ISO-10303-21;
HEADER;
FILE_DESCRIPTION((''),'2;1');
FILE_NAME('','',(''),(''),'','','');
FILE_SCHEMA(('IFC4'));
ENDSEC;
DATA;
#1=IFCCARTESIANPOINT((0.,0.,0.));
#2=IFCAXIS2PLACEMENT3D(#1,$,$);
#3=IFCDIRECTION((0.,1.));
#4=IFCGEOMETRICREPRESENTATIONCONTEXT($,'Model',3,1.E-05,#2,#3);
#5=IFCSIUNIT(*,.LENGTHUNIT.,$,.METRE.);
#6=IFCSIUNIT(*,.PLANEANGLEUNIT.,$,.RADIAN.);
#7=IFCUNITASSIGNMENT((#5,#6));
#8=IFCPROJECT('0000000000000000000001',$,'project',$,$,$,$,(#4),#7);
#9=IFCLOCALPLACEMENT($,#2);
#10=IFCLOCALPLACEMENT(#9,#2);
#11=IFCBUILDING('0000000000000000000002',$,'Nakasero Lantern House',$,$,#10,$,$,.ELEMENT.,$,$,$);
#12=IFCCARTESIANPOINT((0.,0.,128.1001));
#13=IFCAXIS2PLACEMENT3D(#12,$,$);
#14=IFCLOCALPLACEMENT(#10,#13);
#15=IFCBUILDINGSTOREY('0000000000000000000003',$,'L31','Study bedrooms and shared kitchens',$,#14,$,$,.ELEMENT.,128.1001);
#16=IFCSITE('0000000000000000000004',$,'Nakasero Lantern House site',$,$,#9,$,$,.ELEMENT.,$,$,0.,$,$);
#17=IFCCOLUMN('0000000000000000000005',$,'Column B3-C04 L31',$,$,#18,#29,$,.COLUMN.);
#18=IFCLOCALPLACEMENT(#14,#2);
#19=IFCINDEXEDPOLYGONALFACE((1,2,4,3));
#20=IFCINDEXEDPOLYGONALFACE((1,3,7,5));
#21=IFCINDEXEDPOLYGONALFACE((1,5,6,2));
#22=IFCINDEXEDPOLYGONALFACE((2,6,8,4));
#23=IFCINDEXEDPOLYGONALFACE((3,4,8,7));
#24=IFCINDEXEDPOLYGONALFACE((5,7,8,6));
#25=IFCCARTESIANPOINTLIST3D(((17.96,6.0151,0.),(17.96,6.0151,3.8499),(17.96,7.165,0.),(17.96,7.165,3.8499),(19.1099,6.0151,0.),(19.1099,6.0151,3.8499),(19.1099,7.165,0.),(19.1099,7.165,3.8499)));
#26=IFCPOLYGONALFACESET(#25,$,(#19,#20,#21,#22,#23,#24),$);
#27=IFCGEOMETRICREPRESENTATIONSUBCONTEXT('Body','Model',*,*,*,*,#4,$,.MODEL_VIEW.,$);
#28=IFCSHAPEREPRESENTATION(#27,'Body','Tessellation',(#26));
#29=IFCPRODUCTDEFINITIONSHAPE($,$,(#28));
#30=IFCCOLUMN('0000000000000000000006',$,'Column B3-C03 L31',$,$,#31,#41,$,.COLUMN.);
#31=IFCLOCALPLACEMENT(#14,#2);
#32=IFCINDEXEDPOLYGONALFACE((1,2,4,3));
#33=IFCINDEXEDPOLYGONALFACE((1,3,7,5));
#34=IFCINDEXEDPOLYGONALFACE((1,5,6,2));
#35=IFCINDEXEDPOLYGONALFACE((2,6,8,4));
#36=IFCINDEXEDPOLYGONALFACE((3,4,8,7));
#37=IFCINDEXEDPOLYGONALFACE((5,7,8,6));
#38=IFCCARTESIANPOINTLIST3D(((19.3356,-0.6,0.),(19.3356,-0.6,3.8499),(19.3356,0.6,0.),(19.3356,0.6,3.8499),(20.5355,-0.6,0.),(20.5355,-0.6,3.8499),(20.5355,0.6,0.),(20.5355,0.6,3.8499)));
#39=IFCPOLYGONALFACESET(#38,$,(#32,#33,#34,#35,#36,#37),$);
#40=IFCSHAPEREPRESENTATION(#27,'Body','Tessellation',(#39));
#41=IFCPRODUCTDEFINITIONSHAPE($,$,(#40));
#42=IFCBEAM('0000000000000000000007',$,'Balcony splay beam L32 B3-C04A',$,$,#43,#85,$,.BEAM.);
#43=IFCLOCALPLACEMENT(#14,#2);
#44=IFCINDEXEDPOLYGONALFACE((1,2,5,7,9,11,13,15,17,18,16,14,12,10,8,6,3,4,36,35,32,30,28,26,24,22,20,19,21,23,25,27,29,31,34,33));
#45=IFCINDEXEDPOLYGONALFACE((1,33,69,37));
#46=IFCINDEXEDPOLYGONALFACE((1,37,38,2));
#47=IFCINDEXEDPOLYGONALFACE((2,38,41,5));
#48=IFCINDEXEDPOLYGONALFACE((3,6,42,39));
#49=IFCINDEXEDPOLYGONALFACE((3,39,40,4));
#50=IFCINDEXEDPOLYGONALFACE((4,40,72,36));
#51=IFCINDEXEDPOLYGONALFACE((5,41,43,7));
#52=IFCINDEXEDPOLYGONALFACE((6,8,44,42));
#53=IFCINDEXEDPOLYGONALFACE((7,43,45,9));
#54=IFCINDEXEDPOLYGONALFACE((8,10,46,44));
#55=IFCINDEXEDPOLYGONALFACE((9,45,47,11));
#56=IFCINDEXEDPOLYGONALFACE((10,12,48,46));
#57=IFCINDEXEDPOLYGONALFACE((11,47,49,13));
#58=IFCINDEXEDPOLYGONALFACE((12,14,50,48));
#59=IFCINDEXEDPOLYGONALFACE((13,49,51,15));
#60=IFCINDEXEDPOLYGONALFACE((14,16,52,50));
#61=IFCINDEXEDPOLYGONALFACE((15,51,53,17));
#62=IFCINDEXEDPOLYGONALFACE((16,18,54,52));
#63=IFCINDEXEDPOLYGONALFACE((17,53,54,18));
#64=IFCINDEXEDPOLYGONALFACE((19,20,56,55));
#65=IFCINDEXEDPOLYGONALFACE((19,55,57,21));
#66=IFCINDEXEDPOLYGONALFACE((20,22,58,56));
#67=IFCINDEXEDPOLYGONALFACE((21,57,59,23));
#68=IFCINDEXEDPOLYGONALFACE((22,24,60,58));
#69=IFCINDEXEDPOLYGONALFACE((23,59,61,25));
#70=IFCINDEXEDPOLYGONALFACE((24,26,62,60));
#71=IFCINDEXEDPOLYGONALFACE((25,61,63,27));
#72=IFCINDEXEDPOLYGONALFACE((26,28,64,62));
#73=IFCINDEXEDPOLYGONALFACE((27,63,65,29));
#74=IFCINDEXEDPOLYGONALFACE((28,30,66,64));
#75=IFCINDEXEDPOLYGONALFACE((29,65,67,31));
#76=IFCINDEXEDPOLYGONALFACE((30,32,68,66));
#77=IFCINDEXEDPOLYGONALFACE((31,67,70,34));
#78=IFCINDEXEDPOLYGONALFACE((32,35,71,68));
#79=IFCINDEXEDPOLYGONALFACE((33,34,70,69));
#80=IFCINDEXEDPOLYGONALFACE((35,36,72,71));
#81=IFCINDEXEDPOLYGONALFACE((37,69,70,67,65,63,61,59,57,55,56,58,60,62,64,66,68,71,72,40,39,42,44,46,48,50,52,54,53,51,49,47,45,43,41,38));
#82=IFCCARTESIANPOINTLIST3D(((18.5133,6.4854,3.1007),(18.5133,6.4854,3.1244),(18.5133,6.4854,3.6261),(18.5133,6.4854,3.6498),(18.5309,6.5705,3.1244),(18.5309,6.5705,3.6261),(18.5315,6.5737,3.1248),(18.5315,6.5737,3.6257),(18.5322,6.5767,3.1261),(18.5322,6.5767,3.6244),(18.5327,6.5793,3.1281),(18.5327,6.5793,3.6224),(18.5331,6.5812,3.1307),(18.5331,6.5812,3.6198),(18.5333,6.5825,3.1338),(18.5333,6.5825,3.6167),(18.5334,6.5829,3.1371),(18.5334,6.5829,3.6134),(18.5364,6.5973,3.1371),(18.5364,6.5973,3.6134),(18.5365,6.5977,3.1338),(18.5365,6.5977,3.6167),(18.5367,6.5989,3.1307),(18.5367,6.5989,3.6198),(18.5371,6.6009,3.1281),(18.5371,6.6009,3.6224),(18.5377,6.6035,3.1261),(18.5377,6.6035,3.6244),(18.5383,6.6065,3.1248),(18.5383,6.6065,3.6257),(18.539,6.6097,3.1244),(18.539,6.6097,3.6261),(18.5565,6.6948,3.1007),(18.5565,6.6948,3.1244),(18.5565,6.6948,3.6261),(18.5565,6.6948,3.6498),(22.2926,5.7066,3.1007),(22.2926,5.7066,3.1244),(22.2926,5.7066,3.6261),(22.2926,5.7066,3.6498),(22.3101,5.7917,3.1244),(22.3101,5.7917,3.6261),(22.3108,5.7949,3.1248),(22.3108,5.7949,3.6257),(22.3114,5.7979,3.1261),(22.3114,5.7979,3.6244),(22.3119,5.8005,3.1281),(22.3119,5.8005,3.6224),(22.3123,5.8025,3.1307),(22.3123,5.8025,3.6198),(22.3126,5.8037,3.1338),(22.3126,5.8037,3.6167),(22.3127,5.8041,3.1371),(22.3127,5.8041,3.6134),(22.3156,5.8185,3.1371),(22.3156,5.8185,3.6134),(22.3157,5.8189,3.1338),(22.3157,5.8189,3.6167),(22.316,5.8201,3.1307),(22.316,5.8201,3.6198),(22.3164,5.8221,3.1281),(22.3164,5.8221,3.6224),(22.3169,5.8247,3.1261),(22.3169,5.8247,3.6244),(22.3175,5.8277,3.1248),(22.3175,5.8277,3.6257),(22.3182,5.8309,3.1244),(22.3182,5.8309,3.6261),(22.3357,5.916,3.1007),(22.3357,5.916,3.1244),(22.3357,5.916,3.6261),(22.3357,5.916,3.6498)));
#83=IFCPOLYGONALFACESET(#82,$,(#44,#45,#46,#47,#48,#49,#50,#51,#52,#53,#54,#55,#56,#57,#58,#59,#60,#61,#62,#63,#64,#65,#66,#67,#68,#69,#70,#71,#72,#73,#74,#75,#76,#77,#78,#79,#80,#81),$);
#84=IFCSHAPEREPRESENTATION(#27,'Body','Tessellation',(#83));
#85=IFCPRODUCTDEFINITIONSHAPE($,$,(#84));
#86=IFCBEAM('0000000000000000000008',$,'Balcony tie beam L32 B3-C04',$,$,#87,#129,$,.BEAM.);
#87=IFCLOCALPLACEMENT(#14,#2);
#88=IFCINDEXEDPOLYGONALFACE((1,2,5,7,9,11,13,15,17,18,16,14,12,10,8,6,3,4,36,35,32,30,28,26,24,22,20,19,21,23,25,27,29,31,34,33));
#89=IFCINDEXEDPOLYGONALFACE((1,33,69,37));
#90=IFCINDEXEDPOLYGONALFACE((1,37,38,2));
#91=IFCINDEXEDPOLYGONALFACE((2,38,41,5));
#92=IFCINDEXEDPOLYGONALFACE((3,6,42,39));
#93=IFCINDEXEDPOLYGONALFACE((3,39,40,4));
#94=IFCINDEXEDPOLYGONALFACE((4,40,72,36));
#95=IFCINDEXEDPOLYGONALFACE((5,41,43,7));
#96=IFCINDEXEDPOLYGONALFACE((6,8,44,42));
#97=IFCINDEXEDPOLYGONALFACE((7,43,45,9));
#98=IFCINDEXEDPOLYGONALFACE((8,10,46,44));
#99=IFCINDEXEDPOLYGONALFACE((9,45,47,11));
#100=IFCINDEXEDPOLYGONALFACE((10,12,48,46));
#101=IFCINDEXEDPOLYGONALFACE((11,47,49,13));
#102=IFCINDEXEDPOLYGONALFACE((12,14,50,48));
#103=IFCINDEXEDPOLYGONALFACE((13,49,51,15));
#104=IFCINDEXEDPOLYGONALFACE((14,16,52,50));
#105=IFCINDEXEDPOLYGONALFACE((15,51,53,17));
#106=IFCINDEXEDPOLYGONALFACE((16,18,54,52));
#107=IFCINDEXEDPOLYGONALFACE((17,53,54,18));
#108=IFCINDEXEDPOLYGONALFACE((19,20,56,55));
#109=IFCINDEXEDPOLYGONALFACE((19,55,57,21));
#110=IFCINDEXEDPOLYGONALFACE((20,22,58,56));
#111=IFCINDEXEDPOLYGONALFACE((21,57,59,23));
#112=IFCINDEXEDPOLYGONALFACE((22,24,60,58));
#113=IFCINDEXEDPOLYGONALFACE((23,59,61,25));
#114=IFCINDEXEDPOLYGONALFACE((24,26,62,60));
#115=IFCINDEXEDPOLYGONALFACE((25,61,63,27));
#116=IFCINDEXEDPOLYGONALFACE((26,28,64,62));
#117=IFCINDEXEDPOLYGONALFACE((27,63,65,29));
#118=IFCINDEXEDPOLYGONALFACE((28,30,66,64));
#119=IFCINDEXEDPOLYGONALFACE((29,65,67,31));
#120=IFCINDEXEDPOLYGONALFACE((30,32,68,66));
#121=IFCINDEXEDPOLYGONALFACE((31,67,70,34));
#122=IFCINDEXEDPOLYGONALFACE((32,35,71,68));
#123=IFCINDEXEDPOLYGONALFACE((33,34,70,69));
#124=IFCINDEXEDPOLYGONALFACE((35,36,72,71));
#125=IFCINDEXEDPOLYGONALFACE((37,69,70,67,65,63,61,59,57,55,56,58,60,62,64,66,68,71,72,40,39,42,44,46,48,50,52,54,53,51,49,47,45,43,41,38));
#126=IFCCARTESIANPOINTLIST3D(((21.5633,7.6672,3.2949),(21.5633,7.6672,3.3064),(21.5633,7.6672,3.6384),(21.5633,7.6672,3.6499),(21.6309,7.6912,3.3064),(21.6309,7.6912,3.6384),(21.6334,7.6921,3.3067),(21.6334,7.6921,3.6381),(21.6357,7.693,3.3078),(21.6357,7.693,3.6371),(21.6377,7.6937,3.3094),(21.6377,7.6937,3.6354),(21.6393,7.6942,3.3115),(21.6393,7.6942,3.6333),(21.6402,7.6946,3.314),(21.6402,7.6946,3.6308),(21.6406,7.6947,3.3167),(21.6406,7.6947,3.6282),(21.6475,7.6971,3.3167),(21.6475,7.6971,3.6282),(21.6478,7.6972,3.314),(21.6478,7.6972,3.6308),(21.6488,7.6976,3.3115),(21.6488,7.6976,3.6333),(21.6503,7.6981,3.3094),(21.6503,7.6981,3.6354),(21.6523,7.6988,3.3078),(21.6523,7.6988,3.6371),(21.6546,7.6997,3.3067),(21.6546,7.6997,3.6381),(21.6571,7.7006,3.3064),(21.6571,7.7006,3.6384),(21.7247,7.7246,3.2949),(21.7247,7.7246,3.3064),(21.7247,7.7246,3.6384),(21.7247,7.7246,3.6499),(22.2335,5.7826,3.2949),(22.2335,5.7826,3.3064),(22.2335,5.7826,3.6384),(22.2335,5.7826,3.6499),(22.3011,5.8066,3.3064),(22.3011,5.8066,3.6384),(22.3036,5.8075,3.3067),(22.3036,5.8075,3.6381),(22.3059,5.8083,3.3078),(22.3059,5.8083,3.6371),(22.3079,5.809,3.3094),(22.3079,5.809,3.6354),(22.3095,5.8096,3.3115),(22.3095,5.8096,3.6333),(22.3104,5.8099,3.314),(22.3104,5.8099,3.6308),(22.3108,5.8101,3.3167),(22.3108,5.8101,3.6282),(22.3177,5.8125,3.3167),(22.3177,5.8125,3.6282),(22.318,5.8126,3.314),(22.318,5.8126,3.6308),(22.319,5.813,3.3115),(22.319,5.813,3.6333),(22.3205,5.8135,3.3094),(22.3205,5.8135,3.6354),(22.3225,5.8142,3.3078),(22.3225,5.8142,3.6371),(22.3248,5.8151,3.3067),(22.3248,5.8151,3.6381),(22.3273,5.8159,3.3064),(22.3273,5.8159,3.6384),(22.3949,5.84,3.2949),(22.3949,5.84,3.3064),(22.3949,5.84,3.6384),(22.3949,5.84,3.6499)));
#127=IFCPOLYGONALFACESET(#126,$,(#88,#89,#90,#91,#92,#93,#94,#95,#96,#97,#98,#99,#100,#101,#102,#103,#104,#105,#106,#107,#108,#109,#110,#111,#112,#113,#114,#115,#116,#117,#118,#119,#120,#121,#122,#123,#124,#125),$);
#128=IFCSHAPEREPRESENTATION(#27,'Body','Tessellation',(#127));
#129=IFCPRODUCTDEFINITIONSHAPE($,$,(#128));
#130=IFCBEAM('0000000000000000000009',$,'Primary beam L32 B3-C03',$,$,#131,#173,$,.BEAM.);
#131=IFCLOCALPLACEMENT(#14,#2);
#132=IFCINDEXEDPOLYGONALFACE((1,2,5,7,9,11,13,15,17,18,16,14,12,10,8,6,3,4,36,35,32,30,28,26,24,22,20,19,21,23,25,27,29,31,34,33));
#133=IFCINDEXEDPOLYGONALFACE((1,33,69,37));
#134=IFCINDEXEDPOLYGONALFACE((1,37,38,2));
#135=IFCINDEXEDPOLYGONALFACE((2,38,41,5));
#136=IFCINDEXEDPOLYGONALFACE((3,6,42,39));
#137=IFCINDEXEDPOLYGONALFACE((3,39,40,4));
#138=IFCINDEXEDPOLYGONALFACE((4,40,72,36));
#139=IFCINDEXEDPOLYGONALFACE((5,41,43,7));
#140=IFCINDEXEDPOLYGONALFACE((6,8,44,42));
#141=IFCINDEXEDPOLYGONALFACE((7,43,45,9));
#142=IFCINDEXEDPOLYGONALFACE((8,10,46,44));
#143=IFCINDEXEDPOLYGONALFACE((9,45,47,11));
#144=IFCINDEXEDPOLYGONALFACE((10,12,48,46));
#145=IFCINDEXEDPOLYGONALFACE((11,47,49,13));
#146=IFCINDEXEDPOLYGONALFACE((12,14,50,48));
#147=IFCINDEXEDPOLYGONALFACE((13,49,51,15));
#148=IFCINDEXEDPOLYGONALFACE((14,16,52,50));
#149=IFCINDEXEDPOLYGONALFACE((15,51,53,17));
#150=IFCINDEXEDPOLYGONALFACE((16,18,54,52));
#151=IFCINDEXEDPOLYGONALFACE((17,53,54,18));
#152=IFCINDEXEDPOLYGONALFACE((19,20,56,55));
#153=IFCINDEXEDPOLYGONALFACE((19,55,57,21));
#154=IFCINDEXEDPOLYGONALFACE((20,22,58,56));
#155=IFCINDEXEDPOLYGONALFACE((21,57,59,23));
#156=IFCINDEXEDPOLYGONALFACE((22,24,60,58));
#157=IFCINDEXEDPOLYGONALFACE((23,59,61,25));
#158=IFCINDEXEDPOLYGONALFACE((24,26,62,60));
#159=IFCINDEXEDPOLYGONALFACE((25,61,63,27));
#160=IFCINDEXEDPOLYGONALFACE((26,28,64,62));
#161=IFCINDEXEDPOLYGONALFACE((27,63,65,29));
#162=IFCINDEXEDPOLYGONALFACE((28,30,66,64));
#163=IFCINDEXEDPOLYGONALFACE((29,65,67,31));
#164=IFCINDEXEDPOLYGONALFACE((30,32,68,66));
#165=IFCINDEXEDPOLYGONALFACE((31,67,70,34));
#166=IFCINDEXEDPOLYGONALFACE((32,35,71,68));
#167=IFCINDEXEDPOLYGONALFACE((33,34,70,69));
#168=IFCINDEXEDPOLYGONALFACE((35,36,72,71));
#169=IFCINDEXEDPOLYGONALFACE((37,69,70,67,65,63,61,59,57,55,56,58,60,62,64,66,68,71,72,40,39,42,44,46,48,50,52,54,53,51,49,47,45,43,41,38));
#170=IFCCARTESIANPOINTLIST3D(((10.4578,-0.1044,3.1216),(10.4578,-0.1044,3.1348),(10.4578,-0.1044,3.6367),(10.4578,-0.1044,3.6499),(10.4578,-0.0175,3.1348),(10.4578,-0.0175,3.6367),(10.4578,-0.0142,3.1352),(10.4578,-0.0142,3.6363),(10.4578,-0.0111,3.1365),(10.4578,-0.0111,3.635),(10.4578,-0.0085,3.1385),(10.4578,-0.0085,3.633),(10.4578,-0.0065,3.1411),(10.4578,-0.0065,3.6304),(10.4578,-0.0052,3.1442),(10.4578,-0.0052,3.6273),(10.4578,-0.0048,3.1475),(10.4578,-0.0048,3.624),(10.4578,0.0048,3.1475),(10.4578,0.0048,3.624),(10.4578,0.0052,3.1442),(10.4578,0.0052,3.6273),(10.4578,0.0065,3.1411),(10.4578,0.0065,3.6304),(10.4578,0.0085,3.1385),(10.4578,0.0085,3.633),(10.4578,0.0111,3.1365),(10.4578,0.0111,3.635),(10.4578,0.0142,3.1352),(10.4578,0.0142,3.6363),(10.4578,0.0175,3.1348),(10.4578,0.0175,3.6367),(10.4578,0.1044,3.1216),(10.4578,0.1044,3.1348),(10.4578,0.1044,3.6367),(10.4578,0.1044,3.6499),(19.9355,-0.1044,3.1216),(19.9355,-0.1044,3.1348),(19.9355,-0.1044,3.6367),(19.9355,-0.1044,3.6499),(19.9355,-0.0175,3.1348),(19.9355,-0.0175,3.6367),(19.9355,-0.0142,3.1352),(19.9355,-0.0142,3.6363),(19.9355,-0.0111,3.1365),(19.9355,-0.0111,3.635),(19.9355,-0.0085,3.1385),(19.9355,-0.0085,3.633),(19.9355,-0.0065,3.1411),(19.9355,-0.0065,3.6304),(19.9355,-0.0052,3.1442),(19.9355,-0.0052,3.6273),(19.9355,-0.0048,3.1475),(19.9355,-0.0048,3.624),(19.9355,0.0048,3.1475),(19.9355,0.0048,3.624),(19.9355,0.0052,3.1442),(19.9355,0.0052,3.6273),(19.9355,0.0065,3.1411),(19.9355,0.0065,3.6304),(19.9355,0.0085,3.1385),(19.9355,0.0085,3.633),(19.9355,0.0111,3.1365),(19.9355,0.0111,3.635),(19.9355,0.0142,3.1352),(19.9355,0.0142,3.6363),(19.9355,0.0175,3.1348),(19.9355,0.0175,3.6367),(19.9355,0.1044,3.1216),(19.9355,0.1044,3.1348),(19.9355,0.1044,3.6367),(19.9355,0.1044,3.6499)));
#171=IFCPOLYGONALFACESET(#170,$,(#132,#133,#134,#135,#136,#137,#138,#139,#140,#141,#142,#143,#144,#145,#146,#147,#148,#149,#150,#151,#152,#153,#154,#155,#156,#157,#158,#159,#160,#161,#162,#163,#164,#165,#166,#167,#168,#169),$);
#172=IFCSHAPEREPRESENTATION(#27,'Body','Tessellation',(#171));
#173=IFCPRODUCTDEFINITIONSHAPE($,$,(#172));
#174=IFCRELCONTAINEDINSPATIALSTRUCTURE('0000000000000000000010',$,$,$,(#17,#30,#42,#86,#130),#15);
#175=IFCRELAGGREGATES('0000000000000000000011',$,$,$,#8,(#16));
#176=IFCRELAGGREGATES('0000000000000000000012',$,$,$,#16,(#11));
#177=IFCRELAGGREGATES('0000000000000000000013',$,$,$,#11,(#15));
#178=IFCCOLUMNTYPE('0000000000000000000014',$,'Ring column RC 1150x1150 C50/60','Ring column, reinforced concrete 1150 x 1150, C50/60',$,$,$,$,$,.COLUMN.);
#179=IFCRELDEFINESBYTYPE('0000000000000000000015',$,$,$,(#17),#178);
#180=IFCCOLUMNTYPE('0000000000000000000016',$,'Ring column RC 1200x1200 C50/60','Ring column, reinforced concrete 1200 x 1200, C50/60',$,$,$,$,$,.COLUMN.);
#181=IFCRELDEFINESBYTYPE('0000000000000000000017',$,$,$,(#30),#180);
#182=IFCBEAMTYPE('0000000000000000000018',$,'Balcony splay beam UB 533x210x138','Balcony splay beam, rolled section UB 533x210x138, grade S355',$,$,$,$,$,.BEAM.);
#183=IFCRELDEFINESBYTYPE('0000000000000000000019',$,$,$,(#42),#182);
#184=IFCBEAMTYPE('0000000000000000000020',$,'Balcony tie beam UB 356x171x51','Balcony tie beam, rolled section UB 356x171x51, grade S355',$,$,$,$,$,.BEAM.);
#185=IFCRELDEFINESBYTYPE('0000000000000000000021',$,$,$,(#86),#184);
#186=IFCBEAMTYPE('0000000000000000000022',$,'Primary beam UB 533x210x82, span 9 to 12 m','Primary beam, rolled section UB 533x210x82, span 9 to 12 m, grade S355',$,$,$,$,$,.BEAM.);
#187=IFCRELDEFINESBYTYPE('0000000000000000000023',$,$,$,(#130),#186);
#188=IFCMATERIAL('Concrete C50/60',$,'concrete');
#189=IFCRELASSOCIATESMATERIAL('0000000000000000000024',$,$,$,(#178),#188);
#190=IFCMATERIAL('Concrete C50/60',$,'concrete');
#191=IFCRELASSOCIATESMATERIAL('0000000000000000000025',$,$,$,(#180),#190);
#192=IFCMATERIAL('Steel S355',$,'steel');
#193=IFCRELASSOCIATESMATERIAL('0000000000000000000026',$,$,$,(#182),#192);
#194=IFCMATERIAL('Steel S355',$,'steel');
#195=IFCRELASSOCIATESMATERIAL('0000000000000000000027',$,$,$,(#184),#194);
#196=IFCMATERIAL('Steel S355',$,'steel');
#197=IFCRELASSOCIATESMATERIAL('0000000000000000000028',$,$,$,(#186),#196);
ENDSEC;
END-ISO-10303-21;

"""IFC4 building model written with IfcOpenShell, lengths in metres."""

from ifc_helpers import new_model, si_unit, direction, frame, origin, origin_2d, place, context, subcontext, project, spatial, rectangle, i_section, extrude, material, material_profile, profile_set, type_object, element, save


model = new_model("IFC4")

# Units and contexts
model_context = context("Model", 3, precision=1e-05, world=origin(), true_north=direction((0.0, 1.0)))
body_context = subcontext(model_context, "Body", "Model", "MODEL_VIEW")
ifc_project = project(units=[si_unit("LENGTHUNIT", "METRE"), si_unit("PLANEANGLEUNIT", "RADIAN")], contexts=[model_context])

# Site, building, storey
site_placement = place(None, origin())
site = spatial("IfcSite", under=ifc_project, at=site_placement, Name="Nakasero Lantern House site", CompositionType="ELEMENT", RefElevation=0.0)
building_placement = place(site_placement, origin())
building = spatial("IfcBuilding", under=site, at=building_placement, Name="Nakasero Lantern House", CompositionType="ELEMENT")
storey_placement = place(building_placement, frame((0.0, 0.0, 128.1001)))
storey = spatial("IfcBuildingStorey", under=building, at=storey_placement, Name="L31", Description="Study bedrooms and shared kitchens", CompositionType="ELEMENT", Elevation=128.1001)

# Columns
ifc_material_1 = material(Name="Concrete C50/60", Category="concrete")
ifc_material_profile_1 = material_profile(ifc_material_1, rectangle(XDim=1.1499, YDim=1.1499, at=origin_2d()), Name="RC 1150x1150")
ifc_profile_set_1 = profile_set([ifc_material_profile_1], Name="Concrete C50/60")
column_type_1 = type_object("IfcColumnType", Name="Ring column RC 1150x1150 C50/60", Description="Ring column, reinforced concrete 1150 x 1150, C50/60", PredefinedType="COLUMN", material=ifc_profile_set_1)
column_1_placement = place(storey_placement, frame((18.5349, 6.5901, 0.0), z_axis=(0.0, 0.0, 1.0), x_axis=(1.0, 0.0, 0.0)))
element("IfcColumn", 1, at=column_1_placement, inside=storey, type_object=column_type_1, Name="Column B3-C04 L31", PredefinedType="COLUMN", context=body_context, shape_type="SweptSolid", body=[
    extrude(rectangle(XDim=1.1499, YDim=1.1499, at=origin_2d()), origin(), (0.0, 0.0, 1.0), 3.8499),
])
ifc_material_2 = material(Name="Concrete C50/60", Category="concrete")
ifc_material_profile_2 = material_profile(ifc_material_2, rectangle(XDim=1.2, YDim=1.2, at=origin_2d()), Name="RC 1200x1200")
ifc_profile_set_2 = profile_set([ifc_material_profile_2], Name="Concrete C50/60")
column_type_2 = type_object("IfcColumnType", Name="Ring column RC 1200x1200 C50/60", Description="Ring column, reinforced concrete 1200 x 1200, C50/60", PredefinedType="COLUMN", material=ifc_profile_set_2)
column_2_placement = place(storey_placement, frame((19.9355, 0.0, 0.0), z_axis=(0.0, 0.0, 1.0), x_axis=(1.0, 0.0, 0.0)))
element("IfcColumn", 2, at=column_2_placement, inside=storey, type_object=column_type_2, Name="Column B3-C03 L31", PredefinedType="COLUMN", context=body_context, shape_type="SweptSolid", body=[
    extrude(rectangle(XDim=1.2, YDim=1.2, at=origin_2d()), origin(), (0.0, 0.0, 1.0), 3.8499),
])

# Beams
ifc_material_3 = material(Name="Steel S355", Category="steel")
ifc_material_profile_3 = material_profile(ifc_material_3, i_section(OverallWidth=0.2139, OverallDepth=0.5491, WebThickness=0.0146, FlangeThickness=0.0237, FilletRadius=0.0127, at=origin_2d()), Name="UB 533x210x138")
ifc_profile_set_3 = profile_set([ifc_material_profile_3], Name="Steel S355")
beam_type_1 = type_object("IfcBeamType", Name="Balcony splay beam UB 533x210x138", Description="Balcony splay beam, rolled section UB 533x210x138, grade S355", PredefinedType="BEAM", material=ifc_profile_set_3)
beam_1_placement = place(storey_placement, frame((18.5349, 6.5901, 3.3752), z_axis=(0.97942, -0.201831, 0.0), x_axis=(0.201831, 0.97942, 0.0)))
element("IfcBeam", 3, at=beam_1_placement, inside=storey, type_object=beam_type_1, Name="Balcony splay beam L32 B3-C04A", PredefinedType="BEAM", context=body_context, shape_type="SweptSolid", body=[
    extrude(i_section(OverallWidth=0.2139, OverallDepth=0.5491, WebThickness=0.0146, FlangeThickness=0.0237, FilletRadius=0.0127, at=origin_2d()), origin(), (0.0, 0.0, 1.0), 3.8586),
])
ifc_material_4 = material(Name="Steel S355", Category="steel")
ifc_material_profile_4 = material_profile(ifc_material_4, i_section(OverallWidth=0.1714, OverallDepth=0.355, WebThickness=0.0073, FlangeThickness=0.0115, FilletRadius=0.0103, at=origin_2d()), Name="UB 356x171x51")
ifc_profile_set_4 = profile_set([ifc_material_profile_4], Name="Steel S355")
beam_type_2 = type_object("IfcBeamType", Name="Balcony tie beam UB 356x171x51", Description="Balcony tie beam, rolled section UB 356x171x51, grade S355", PredefinedType="BEAM", material=ifc_profile_set_4)
beam_2_placement = place(storey_placement, frame((22.3142, 5.8113, 3.4724), z_axis=(-0.33506, 0.942197, 0.0), x_axis=(-0.942197, -0.33506, 0.0)))
element("IfcBeam", 4, at=beam_2_placement, inside=storey, type_object=beam_type_2, Name="Balcony tie beam L32 B3-C04", PredefinedType="BEAM", context=body_context, shape_type="SweptSolid", body=[
    extrude(i_section(OverallWidth=0.1714, OverallDepth=0.355, WebThickness=0.0073, FlangeThickness=0.0115, FilletRadius=0.0103, at=origin_2d()), origin(), (0.0, 0.0, 1.0), 2.0002),
])
ifc_material_5 = material(Name="Steel S355", Category="steel")
ifc_material_profile_5 = material_profile(ifc_material_5, i_section(OverallWidth=0.2087, OverallDepth=0.5283, WebThickness=0.0095, FlangeThickness=0.0132, FilletRadius=0.0127, at=origin_2d()), Name="UB 533x210x82")
ifc_profile_set_5 = profile_set([ifc_material_profile_5], Name="Steel S355")
beam_type_3 = type_object("IfcBeamType", Name="Primary beam UB 533x210x82, span 9 to 12 m", Description="Primary beam, rolled section UB 533x210x82, span 9 to 12 m, grade S355", PredefinedType="BEAM", material=ifc_profile_set_5)
beam_3_placement = place(storey_placement, frame((19.9355, 0.0, 3.3857), z_axis=(-1.0, 0.0, 0.0), x_axis=(0.0, -1.0, 0.0)))
element("IfcBeam", 5, at=beam_3_placement, inside=storey, type_object=beam_type_3, Name="Primary beam L32 B3-C03", PredefinedType="BEAM", context=body_context, shape_type="SweptSolid", body=[
    extrude(i_section(OverallWidth=0.2087, OverallDepth=0.5283, WebThickness=0.0095, FlangeThickness=0.0132, FilletRadius=0.0127, at=origin_2d()), origin(), (0.0, 0.0, 1.0), 9.4778),
])

save(model, "model.ifc")
